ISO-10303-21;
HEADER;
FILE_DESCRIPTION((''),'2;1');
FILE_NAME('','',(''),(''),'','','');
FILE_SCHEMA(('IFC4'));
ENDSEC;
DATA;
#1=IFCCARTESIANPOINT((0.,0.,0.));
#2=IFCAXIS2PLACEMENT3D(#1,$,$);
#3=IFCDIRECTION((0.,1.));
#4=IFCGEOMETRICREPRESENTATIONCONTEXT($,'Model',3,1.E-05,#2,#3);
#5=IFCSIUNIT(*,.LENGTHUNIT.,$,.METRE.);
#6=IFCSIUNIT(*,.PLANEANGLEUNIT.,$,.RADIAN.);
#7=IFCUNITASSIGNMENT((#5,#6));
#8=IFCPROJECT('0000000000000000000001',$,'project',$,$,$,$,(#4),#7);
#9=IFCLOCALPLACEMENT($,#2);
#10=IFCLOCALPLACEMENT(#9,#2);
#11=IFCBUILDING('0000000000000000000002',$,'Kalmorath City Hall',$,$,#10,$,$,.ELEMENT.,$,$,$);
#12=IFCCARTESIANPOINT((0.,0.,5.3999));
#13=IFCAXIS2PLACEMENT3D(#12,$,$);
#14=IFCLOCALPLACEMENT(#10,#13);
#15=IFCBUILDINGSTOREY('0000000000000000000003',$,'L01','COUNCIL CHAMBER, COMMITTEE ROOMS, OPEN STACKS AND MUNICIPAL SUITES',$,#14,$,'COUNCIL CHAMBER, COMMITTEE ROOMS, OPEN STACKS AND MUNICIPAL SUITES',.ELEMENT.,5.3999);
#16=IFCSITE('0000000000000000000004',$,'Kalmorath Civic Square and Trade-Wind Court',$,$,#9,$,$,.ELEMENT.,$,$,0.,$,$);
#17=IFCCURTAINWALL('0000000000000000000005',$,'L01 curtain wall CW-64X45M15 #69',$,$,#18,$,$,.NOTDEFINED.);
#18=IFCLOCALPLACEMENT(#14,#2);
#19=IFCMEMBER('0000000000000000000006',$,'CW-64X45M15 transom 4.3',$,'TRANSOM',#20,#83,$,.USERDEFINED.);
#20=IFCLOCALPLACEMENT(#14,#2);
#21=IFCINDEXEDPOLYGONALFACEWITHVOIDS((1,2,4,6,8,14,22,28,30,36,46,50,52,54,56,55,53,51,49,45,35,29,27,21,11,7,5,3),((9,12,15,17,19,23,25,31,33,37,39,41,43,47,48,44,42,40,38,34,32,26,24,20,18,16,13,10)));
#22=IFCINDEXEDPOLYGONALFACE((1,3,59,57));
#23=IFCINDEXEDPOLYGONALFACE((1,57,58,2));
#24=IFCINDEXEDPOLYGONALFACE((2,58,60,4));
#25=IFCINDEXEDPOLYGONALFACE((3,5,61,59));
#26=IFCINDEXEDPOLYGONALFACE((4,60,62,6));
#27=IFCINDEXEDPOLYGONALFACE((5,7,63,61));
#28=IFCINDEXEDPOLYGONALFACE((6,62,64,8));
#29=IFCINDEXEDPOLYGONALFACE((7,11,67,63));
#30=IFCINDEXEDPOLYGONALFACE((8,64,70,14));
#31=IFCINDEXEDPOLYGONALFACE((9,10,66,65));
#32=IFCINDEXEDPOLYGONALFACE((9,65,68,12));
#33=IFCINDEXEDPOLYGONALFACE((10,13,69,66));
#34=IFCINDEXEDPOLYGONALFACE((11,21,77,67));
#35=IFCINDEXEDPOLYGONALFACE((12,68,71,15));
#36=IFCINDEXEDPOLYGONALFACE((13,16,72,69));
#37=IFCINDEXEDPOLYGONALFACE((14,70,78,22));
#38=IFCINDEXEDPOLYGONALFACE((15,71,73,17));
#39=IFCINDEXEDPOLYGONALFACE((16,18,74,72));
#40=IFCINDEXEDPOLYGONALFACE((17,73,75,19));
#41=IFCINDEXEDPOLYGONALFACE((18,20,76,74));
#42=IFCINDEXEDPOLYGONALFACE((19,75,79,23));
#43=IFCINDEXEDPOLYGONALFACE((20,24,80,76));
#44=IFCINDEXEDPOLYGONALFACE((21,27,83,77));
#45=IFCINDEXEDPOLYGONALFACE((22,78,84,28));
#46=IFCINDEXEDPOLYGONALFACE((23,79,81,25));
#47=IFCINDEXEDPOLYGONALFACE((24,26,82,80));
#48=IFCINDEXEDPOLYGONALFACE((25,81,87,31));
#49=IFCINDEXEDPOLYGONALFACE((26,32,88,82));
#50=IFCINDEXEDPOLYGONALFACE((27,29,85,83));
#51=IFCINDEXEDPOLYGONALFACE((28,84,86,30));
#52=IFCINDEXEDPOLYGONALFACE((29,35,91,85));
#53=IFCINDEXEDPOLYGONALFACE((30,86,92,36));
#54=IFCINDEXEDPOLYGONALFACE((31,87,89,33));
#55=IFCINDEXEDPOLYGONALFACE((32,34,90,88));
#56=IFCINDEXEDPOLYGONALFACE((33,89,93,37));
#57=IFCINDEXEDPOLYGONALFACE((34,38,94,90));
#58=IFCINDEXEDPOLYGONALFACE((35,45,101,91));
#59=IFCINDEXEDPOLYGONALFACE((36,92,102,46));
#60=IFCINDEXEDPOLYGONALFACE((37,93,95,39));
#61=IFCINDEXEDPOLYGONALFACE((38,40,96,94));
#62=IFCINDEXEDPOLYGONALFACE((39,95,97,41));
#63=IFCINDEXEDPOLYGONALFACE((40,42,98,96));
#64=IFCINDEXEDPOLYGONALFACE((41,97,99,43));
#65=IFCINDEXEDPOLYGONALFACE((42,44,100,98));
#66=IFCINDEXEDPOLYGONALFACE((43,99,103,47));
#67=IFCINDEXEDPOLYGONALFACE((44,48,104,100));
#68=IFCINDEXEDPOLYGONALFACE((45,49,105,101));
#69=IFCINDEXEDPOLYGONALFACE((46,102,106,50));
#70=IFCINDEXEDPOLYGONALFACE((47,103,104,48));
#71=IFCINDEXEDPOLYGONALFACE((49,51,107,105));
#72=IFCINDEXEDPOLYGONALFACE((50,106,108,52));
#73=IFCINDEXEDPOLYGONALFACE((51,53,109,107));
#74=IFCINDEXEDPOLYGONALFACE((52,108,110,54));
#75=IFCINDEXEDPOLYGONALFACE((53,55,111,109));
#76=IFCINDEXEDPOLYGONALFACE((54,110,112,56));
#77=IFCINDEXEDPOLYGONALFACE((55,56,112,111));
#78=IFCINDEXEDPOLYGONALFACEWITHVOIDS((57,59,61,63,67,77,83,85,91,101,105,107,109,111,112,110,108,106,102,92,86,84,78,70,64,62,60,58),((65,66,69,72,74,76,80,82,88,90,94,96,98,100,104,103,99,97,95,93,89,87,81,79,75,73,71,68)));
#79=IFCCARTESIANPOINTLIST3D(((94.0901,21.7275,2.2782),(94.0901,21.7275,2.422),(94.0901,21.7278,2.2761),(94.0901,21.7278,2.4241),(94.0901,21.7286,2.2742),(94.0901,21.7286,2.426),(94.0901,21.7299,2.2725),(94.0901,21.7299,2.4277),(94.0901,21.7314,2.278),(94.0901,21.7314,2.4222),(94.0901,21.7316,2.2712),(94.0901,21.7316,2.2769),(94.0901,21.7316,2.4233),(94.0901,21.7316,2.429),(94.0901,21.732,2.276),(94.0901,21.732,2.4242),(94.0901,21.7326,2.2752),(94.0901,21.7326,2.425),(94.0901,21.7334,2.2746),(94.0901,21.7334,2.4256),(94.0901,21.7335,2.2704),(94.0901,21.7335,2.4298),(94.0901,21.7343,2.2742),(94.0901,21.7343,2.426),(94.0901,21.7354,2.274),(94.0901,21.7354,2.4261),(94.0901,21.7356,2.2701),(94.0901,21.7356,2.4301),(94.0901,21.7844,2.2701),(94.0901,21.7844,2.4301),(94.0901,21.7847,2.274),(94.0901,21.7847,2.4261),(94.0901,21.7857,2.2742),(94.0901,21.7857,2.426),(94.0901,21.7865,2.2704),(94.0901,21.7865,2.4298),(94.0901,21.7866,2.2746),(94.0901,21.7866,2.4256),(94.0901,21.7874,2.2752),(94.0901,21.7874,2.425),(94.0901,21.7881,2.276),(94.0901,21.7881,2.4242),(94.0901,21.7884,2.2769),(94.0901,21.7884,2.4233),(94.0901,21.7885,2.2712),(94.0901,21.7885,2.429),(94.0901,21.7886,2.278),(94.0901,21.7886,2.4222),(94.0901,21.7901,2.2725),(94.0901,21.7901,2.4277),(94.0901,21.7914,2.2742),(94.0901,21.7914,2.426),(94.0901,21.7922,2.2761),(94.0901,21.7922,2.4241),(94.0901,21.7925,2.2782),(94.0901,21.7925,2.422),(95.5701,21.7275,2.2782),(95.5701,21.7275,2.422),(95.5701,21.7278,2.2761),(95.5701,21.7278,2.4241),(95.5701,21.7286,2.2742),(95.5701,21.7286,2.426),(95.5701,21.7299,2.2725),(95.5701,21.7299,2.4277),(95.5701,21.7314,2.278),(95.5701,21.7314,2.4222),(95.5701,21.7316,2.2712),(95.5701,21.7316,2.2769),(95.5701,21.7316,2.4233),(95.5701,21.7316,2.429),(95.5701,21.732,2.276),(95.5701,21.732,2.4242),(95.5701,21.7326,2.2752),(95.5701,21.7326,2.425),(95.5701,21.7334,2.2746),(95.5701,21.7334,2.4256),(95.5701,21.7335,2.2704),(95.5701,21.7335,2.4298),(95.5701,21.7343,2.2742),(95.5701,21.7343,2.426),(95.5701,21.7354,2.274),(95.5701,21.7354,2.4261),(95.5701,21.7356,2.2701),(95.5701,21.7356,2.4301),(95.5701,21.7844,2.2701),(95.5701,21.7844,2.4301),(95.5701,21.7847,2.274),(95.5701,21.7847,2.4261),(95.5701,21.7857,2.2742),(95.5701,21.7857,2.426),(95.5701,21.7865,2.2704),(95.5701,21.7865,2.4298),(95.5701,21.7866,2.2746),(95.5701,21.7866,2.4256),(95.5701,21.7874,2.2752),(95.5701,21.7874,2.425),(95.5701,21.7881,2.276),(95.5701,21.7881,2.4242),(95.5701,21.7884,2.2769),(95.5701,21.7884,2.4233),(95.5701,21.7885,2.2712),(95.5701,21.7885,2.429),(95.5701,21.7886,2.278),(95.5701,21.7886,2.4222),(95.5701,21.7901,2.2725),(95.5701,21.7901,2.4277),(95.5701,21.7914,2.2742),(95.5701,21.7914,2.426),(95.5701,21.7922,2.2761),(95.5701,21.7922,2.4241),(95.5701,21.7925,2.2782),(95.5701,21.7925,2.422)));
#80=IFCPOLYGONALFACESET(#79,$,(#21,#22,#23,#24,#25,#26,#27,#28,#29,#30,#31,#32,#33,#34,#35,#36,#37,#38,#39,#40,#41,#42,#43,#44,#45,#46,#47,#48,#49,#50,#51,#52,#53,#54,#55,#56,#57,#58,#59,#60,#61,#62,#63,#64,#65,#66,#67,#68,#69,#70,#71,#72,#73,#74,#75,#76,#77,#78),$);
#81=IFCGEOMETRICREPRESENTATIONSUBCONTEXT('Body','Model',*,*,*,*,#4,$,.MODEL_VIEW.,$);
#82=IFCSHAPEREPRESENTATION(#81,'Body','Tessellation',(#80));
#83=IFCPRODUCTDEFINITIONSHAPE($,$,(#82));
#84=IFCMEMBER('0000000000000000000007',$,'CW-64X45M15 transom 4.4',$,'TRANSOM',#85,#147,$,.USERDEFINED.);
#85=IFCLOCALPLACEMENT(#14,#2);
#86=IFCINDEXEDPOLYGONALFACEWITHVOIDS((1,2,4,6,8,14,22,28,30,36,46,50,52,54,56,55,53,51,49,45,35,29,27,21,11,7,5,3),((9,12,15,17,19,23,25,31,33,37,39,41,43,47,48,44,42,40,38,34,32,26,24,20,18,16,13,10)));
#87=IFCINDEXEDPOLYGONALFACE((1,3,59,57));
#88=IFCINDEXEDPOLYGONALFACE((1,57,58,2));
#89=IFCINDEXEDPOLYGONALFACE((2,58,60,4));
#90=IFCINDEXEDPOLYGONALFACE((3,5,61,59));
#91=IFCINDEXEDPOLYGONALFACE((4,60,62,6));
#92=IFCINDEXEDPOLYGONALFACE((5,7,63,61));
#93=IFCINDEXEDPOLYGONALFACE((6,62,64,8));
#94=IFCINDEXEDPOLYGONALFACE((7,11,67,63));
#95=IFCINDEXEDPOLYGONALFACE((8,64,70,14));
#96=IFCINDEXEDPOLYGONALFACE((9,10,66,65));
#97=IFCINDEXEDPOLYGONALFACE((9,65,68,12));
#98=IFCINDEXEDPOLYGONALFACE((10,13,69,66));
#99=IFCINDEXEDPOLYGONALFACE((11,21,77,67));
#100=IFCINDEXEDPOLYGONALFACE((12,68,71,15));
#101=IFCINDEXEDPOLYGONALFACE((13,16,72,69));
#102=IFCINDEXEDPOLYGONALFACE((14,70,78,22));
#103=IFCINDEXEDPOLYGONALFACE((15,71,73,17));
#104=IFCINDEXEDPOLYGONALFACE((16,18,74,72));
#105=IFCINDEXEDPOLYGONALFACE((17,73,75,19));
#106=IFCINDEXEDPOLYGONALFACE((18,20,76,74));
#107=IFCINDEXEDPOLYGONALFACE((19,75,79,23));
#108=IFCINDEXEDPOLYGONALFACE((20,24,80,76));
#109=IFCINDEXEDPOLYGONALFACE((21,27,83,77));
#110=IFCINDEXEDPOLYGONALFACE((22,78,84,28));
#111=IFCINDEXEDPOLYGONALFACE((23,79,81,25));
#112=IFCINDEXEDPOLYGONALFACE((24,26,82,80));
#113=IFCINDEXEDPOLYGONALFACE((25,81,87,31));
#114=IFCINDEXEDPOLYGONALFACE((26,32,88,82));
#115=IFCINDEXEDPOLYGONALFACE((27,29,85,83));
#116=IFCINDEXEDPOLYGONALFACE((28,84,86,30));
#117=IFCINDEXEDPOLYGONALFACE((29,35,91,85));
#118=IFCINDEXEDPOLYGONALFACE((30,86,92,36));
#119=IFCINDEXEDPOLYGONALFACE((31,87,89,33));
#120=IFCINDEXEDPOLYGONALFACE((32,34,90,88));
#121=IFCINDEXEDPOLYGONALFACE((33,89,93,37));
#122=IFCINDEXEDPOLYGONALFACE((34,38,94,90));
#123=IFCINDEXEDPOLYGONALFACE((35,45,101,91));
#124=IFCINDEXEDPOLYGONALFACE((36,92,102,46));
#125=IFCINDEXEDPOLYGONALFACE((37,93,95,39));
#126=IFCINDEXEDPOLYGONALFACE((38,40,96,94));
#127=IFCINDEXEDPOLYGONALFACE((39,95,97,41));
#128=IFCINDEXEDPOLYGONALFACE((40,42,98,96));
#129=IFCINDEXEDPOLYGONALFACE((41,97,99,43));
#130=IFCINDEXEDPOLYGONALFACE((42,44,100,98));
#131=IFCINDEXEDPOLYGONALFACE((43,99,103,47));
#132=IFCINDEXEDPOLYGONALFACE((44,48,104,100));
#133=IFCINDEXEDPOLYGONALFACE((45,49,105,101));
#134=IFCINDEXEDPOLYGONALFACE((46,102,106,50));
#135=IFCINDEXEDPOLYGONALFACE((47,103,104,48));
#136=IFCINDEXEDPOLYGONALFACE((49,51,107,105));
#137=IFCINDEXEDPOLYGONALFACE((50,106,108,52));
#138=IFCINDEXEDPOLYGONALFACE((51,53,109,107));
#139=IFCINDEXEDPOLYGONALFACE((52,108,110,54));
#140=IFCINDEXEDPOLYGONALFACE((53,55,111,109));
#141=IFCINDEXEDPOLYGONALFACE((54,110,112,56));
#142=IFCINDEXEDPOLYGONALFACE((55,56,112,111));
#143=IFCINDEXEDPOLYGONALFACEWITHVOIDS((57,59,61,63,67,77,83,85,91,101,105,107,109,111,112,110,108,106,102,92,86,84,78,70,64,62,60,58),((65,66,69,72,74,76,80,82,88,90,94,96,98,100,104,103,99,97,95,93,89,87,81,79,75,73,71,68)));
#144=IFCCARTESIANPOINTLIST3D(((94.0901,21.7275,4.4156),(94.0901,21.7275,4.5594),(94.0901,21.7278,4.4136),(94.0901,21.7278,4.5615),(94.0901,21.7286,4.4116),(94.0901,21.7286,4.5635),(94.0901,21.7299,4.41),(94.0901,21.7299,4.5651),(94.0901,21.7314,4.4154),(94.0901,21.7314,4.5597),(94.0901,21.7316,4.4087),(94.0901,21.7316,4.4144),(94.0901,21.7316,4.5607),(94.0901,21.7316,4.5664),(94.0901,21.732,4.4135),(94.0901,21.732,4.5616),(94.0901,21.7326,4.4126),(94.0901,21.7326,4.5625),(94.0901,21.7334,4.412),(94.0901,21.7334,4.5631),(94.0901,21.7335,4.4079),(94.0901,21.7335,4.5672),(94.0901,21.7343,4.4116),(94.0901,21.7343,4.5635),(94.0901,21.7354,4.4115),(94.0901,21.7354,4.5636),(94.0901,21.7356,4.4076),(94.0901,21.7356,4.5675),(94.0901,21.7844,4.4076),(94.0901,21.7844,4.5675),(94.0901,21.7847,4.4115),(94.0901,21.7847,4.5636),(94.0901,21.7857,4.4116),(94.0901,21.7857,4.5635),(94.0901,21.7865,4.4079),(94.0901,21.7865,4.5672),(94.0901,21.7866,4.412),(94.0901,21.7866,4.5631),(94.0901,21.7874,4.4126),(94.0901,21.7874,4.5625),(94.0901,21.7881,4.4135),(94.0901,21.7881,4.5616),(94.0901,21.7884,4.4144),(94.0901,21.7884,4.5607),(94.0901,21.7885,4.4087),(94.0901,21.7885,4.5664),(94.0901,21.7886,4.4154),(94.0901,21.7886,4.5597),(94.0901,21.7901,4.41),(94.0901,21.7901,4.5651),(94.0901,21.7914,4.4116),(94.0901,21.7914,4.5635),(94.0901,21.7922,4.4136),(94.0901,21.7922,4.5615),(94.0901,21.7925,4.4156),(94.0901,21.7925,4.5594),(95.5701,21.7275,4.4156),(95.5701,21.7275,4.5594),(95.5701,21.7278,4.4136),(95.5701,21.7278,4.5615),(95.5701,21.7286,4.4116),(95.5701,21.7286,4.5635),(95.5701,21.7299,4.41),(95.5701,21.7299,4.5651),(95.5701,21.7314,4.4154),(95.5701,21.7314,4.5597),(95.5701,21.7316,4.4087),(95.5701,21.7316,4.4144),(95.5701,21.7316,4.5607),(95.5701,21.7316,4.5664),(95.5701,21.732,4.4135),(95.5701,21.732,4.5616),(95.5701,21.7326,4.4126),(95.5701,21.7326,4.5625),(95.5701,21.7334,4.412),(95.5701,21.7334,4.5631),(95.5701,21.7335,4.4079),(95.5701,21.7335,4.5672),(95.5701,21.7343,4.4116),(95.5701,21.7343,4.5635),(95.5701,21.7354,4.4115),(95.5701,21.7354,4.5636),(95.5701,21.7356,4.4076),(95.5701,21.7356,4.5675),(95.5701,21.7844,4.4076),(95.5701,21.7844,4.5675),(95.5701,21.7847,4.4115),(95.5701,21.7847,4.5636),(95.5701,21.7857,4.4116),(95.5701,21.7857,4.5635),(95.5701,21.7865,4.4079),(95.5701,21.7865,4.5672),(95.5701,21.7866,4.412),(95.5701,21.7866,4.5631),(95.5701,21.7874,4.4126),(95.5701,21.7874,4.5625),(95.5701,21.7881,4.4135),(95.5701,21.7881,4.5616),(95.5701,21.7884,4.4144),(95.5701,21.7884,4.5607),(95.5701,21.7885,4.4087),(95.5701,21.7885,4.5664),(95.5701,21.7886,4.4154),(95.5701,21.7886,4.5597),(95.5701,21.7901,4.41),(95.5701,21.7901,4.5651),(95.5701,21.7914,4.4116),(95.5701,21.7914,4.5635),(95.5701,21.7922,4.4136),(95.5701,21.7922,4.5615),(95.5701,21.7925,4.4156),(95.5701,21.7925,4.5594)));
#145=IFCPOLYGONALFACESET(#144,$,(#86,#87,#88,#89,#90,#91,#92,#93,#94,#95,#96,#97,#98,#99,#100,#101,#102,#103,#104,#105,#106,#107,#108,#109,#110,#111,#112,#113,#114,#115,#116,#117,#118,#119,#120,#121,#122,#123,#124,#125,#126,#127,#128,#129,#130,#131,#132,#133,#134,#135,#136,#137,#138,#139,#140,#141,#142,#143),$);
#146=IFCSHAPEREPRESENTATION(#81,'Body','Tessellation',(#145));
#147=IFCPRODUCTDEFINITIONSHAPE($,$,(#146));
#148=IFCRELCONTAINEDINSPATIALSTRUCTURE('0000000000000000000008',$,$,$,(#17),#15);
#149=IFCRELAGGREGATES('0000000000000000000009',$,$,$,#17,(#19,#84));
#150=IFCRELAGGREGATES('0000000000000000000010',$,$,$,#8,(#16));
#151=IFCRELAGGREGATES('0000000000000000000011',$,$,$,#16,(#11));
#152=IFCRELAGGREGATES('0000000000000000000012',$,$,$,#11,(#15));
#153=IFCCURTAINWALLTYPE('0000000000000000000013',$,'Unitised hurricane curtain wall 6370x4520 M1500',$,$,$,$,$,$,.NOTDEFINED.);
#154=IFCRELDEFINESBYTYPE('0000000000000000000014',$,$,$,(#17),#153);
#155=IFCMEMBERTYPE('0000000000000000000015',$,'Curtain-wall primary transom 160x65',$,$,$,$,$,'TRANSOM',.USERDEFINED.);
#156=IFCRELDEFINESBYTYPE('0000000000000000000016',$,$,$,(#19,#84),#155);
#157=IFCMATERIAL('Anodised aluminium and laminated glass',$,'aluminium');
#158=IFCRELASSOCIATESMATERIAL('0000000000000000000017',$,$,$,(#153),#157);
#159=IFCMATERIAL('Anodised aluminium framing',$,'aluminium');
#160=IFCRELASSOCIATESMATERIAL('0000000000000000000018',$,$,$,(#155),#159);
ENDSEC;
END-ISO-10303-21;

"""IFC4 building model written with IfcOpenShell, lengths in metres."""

from ifc_helpers import new_model, si_unit, direction, frame, origin, origin_2d, place, context, subcontext, project, spatial, hollow_rectangle, extrude, material, material_profile, profile_set, type_object, element, aggregate, save


model = new_model("IFC4")

# Units and contexts
model_context = context("Model", 3, precision=1e-05, world=origin(), true_north=direction((0.0, 1.0)))
body_context = subcontext(model_context, "Body", "Model", "MODEL_VIEW")
ifc_project = project(units=[si_unit("LENGTHUNIT", "METRE"), si_unit("PLANEANGLEUNIT", "RADIAN")], contexts=[model_context])

# Site, building, storey
site_placement = place(None, origin())
site = spatial("IfcSite", under=ifc_project, at=site_placement, Name="Kalmorath Civic Square and Trade-Wind Court", CompositionType="ELEMENT", RefElevation=0.0)
building_placement = place(site_placement, origin())
building = spatial("IfcBuilding", under=site, at=building_placement, Name="Kalmorath City Hall", CompositionType="ELEMENT")
storey_placement = place(building_placement, frame((0.0, 0.0, 5.3999)))
storey = spatial("IfcBuildingStorey", under=building, at=storey_placement, Name="L01", Description="COUNCIL CHAMBER, COMMITTEE ROOMS, OPEN STACKS AND MUNICIPAL SUITES", LongName="COUNCIL CHAMBER, COMMITTEE ROOMS, OPEN STACKS AND MUNICIPAL SUITES", CompositionType="ELEMENT", Elevation=5.3999)

# Curtain wall
ifc_material_1 = material(Name="Anodised aluminium and laminated glass", Category="aluminium")
curtain_wall_type_1 = type_object("IfcCurtainWallType", Name="Unitised hurricane curtain wall 6370x4520 M1500", PredefinedType="NOTDEFINED", material=ifc_material_1)
curtain_wall_1_placement = place(storey_placement, origin())
curtain_wall_1 = element("IfcCurtainWall", 1, at=curtain_wall_1_placement, inside=storey, type_object=curtain_wall_type_1, Name="L01 curtain wall CW-64X45M15 #69", PredefinedType="NOTDEFINED")

# Members
ifc_material_2 = material(Name="Anodised aluminium framing", Category="aluminium")
ifc_material_profile_1 = material_profile(ifc_material_2, hollow_rectangle(XDim=0.0649, YDim=0.1599, WallThickness=0.0039, InnerFilletRadius=0.0039, OuterFilletRadius=0.0081, at=origin_2d()), Name="ALU-TRN-160X65X4")
ifc_profile_set_1 = profile_set([ifc_material_profile_1], Name="Anodised aluminium framing")
member_type_1 = type_object("IfcMemberType", Name="Curtain-wall primary transom 160x65", ElementType="TRANSOM", PredefinedType="USERDEFINED", material=ifc_profile_set_1)
member_1_placement = place(storey_placement, frame((95.5701, 21.76, 2.3501), z_axis=(-1.0, 0.0, 0.0), x_axis=(0.0, -1.0, 0.0)))
member_1 = element("IfcMember", 2, at=member_1_placement, type_object=member_type_1, Name="CW-64X45M15 transom 4.3", ObjectType="TRANSOM", PredefinedType="USERDEFINED", context=body_context, shape_type="SweptSolid", body=[
    extrude(hollow_rectangle(XDim=0.0649, YDim=0.1599, WallThickness=0.0039, InnerFilletRadius=0.0039, OuterFilletRadius=0.0081, at=origin_2d()), origin(), (0.0, 0.0, 1.0), 1.48),
])
member_2_placement = place(storey_placement, frame((95.5701, 21.76, 4.4875), z_axis=(-1.0, 0.0, 0.0), x_axis=(0.0, -1.0, 0.0)))
member_2 = element("IfcMember", 3, at=member_2_placement, type_object=member_type_1, Name="CW-64X45M15 transom 4.4", ObjectType="TRANSOM", PredefinedType="USERDEFINED", context=body_context, shape_type="SweptSolid", body=[
    extrude(hollow_rectangle(XDim=0.0649, YDim=0.1599, WallThickness=0.0039, InnerFilletRadius=0.0039, OuterFilletRadius=0.0081, at=origin_2d()), origin(), (0.0, 0.0, 1.0), 1.48),
])

aggregate(curtain_wall_1, [member_1, member_2])

save(model, "model.ifc")
